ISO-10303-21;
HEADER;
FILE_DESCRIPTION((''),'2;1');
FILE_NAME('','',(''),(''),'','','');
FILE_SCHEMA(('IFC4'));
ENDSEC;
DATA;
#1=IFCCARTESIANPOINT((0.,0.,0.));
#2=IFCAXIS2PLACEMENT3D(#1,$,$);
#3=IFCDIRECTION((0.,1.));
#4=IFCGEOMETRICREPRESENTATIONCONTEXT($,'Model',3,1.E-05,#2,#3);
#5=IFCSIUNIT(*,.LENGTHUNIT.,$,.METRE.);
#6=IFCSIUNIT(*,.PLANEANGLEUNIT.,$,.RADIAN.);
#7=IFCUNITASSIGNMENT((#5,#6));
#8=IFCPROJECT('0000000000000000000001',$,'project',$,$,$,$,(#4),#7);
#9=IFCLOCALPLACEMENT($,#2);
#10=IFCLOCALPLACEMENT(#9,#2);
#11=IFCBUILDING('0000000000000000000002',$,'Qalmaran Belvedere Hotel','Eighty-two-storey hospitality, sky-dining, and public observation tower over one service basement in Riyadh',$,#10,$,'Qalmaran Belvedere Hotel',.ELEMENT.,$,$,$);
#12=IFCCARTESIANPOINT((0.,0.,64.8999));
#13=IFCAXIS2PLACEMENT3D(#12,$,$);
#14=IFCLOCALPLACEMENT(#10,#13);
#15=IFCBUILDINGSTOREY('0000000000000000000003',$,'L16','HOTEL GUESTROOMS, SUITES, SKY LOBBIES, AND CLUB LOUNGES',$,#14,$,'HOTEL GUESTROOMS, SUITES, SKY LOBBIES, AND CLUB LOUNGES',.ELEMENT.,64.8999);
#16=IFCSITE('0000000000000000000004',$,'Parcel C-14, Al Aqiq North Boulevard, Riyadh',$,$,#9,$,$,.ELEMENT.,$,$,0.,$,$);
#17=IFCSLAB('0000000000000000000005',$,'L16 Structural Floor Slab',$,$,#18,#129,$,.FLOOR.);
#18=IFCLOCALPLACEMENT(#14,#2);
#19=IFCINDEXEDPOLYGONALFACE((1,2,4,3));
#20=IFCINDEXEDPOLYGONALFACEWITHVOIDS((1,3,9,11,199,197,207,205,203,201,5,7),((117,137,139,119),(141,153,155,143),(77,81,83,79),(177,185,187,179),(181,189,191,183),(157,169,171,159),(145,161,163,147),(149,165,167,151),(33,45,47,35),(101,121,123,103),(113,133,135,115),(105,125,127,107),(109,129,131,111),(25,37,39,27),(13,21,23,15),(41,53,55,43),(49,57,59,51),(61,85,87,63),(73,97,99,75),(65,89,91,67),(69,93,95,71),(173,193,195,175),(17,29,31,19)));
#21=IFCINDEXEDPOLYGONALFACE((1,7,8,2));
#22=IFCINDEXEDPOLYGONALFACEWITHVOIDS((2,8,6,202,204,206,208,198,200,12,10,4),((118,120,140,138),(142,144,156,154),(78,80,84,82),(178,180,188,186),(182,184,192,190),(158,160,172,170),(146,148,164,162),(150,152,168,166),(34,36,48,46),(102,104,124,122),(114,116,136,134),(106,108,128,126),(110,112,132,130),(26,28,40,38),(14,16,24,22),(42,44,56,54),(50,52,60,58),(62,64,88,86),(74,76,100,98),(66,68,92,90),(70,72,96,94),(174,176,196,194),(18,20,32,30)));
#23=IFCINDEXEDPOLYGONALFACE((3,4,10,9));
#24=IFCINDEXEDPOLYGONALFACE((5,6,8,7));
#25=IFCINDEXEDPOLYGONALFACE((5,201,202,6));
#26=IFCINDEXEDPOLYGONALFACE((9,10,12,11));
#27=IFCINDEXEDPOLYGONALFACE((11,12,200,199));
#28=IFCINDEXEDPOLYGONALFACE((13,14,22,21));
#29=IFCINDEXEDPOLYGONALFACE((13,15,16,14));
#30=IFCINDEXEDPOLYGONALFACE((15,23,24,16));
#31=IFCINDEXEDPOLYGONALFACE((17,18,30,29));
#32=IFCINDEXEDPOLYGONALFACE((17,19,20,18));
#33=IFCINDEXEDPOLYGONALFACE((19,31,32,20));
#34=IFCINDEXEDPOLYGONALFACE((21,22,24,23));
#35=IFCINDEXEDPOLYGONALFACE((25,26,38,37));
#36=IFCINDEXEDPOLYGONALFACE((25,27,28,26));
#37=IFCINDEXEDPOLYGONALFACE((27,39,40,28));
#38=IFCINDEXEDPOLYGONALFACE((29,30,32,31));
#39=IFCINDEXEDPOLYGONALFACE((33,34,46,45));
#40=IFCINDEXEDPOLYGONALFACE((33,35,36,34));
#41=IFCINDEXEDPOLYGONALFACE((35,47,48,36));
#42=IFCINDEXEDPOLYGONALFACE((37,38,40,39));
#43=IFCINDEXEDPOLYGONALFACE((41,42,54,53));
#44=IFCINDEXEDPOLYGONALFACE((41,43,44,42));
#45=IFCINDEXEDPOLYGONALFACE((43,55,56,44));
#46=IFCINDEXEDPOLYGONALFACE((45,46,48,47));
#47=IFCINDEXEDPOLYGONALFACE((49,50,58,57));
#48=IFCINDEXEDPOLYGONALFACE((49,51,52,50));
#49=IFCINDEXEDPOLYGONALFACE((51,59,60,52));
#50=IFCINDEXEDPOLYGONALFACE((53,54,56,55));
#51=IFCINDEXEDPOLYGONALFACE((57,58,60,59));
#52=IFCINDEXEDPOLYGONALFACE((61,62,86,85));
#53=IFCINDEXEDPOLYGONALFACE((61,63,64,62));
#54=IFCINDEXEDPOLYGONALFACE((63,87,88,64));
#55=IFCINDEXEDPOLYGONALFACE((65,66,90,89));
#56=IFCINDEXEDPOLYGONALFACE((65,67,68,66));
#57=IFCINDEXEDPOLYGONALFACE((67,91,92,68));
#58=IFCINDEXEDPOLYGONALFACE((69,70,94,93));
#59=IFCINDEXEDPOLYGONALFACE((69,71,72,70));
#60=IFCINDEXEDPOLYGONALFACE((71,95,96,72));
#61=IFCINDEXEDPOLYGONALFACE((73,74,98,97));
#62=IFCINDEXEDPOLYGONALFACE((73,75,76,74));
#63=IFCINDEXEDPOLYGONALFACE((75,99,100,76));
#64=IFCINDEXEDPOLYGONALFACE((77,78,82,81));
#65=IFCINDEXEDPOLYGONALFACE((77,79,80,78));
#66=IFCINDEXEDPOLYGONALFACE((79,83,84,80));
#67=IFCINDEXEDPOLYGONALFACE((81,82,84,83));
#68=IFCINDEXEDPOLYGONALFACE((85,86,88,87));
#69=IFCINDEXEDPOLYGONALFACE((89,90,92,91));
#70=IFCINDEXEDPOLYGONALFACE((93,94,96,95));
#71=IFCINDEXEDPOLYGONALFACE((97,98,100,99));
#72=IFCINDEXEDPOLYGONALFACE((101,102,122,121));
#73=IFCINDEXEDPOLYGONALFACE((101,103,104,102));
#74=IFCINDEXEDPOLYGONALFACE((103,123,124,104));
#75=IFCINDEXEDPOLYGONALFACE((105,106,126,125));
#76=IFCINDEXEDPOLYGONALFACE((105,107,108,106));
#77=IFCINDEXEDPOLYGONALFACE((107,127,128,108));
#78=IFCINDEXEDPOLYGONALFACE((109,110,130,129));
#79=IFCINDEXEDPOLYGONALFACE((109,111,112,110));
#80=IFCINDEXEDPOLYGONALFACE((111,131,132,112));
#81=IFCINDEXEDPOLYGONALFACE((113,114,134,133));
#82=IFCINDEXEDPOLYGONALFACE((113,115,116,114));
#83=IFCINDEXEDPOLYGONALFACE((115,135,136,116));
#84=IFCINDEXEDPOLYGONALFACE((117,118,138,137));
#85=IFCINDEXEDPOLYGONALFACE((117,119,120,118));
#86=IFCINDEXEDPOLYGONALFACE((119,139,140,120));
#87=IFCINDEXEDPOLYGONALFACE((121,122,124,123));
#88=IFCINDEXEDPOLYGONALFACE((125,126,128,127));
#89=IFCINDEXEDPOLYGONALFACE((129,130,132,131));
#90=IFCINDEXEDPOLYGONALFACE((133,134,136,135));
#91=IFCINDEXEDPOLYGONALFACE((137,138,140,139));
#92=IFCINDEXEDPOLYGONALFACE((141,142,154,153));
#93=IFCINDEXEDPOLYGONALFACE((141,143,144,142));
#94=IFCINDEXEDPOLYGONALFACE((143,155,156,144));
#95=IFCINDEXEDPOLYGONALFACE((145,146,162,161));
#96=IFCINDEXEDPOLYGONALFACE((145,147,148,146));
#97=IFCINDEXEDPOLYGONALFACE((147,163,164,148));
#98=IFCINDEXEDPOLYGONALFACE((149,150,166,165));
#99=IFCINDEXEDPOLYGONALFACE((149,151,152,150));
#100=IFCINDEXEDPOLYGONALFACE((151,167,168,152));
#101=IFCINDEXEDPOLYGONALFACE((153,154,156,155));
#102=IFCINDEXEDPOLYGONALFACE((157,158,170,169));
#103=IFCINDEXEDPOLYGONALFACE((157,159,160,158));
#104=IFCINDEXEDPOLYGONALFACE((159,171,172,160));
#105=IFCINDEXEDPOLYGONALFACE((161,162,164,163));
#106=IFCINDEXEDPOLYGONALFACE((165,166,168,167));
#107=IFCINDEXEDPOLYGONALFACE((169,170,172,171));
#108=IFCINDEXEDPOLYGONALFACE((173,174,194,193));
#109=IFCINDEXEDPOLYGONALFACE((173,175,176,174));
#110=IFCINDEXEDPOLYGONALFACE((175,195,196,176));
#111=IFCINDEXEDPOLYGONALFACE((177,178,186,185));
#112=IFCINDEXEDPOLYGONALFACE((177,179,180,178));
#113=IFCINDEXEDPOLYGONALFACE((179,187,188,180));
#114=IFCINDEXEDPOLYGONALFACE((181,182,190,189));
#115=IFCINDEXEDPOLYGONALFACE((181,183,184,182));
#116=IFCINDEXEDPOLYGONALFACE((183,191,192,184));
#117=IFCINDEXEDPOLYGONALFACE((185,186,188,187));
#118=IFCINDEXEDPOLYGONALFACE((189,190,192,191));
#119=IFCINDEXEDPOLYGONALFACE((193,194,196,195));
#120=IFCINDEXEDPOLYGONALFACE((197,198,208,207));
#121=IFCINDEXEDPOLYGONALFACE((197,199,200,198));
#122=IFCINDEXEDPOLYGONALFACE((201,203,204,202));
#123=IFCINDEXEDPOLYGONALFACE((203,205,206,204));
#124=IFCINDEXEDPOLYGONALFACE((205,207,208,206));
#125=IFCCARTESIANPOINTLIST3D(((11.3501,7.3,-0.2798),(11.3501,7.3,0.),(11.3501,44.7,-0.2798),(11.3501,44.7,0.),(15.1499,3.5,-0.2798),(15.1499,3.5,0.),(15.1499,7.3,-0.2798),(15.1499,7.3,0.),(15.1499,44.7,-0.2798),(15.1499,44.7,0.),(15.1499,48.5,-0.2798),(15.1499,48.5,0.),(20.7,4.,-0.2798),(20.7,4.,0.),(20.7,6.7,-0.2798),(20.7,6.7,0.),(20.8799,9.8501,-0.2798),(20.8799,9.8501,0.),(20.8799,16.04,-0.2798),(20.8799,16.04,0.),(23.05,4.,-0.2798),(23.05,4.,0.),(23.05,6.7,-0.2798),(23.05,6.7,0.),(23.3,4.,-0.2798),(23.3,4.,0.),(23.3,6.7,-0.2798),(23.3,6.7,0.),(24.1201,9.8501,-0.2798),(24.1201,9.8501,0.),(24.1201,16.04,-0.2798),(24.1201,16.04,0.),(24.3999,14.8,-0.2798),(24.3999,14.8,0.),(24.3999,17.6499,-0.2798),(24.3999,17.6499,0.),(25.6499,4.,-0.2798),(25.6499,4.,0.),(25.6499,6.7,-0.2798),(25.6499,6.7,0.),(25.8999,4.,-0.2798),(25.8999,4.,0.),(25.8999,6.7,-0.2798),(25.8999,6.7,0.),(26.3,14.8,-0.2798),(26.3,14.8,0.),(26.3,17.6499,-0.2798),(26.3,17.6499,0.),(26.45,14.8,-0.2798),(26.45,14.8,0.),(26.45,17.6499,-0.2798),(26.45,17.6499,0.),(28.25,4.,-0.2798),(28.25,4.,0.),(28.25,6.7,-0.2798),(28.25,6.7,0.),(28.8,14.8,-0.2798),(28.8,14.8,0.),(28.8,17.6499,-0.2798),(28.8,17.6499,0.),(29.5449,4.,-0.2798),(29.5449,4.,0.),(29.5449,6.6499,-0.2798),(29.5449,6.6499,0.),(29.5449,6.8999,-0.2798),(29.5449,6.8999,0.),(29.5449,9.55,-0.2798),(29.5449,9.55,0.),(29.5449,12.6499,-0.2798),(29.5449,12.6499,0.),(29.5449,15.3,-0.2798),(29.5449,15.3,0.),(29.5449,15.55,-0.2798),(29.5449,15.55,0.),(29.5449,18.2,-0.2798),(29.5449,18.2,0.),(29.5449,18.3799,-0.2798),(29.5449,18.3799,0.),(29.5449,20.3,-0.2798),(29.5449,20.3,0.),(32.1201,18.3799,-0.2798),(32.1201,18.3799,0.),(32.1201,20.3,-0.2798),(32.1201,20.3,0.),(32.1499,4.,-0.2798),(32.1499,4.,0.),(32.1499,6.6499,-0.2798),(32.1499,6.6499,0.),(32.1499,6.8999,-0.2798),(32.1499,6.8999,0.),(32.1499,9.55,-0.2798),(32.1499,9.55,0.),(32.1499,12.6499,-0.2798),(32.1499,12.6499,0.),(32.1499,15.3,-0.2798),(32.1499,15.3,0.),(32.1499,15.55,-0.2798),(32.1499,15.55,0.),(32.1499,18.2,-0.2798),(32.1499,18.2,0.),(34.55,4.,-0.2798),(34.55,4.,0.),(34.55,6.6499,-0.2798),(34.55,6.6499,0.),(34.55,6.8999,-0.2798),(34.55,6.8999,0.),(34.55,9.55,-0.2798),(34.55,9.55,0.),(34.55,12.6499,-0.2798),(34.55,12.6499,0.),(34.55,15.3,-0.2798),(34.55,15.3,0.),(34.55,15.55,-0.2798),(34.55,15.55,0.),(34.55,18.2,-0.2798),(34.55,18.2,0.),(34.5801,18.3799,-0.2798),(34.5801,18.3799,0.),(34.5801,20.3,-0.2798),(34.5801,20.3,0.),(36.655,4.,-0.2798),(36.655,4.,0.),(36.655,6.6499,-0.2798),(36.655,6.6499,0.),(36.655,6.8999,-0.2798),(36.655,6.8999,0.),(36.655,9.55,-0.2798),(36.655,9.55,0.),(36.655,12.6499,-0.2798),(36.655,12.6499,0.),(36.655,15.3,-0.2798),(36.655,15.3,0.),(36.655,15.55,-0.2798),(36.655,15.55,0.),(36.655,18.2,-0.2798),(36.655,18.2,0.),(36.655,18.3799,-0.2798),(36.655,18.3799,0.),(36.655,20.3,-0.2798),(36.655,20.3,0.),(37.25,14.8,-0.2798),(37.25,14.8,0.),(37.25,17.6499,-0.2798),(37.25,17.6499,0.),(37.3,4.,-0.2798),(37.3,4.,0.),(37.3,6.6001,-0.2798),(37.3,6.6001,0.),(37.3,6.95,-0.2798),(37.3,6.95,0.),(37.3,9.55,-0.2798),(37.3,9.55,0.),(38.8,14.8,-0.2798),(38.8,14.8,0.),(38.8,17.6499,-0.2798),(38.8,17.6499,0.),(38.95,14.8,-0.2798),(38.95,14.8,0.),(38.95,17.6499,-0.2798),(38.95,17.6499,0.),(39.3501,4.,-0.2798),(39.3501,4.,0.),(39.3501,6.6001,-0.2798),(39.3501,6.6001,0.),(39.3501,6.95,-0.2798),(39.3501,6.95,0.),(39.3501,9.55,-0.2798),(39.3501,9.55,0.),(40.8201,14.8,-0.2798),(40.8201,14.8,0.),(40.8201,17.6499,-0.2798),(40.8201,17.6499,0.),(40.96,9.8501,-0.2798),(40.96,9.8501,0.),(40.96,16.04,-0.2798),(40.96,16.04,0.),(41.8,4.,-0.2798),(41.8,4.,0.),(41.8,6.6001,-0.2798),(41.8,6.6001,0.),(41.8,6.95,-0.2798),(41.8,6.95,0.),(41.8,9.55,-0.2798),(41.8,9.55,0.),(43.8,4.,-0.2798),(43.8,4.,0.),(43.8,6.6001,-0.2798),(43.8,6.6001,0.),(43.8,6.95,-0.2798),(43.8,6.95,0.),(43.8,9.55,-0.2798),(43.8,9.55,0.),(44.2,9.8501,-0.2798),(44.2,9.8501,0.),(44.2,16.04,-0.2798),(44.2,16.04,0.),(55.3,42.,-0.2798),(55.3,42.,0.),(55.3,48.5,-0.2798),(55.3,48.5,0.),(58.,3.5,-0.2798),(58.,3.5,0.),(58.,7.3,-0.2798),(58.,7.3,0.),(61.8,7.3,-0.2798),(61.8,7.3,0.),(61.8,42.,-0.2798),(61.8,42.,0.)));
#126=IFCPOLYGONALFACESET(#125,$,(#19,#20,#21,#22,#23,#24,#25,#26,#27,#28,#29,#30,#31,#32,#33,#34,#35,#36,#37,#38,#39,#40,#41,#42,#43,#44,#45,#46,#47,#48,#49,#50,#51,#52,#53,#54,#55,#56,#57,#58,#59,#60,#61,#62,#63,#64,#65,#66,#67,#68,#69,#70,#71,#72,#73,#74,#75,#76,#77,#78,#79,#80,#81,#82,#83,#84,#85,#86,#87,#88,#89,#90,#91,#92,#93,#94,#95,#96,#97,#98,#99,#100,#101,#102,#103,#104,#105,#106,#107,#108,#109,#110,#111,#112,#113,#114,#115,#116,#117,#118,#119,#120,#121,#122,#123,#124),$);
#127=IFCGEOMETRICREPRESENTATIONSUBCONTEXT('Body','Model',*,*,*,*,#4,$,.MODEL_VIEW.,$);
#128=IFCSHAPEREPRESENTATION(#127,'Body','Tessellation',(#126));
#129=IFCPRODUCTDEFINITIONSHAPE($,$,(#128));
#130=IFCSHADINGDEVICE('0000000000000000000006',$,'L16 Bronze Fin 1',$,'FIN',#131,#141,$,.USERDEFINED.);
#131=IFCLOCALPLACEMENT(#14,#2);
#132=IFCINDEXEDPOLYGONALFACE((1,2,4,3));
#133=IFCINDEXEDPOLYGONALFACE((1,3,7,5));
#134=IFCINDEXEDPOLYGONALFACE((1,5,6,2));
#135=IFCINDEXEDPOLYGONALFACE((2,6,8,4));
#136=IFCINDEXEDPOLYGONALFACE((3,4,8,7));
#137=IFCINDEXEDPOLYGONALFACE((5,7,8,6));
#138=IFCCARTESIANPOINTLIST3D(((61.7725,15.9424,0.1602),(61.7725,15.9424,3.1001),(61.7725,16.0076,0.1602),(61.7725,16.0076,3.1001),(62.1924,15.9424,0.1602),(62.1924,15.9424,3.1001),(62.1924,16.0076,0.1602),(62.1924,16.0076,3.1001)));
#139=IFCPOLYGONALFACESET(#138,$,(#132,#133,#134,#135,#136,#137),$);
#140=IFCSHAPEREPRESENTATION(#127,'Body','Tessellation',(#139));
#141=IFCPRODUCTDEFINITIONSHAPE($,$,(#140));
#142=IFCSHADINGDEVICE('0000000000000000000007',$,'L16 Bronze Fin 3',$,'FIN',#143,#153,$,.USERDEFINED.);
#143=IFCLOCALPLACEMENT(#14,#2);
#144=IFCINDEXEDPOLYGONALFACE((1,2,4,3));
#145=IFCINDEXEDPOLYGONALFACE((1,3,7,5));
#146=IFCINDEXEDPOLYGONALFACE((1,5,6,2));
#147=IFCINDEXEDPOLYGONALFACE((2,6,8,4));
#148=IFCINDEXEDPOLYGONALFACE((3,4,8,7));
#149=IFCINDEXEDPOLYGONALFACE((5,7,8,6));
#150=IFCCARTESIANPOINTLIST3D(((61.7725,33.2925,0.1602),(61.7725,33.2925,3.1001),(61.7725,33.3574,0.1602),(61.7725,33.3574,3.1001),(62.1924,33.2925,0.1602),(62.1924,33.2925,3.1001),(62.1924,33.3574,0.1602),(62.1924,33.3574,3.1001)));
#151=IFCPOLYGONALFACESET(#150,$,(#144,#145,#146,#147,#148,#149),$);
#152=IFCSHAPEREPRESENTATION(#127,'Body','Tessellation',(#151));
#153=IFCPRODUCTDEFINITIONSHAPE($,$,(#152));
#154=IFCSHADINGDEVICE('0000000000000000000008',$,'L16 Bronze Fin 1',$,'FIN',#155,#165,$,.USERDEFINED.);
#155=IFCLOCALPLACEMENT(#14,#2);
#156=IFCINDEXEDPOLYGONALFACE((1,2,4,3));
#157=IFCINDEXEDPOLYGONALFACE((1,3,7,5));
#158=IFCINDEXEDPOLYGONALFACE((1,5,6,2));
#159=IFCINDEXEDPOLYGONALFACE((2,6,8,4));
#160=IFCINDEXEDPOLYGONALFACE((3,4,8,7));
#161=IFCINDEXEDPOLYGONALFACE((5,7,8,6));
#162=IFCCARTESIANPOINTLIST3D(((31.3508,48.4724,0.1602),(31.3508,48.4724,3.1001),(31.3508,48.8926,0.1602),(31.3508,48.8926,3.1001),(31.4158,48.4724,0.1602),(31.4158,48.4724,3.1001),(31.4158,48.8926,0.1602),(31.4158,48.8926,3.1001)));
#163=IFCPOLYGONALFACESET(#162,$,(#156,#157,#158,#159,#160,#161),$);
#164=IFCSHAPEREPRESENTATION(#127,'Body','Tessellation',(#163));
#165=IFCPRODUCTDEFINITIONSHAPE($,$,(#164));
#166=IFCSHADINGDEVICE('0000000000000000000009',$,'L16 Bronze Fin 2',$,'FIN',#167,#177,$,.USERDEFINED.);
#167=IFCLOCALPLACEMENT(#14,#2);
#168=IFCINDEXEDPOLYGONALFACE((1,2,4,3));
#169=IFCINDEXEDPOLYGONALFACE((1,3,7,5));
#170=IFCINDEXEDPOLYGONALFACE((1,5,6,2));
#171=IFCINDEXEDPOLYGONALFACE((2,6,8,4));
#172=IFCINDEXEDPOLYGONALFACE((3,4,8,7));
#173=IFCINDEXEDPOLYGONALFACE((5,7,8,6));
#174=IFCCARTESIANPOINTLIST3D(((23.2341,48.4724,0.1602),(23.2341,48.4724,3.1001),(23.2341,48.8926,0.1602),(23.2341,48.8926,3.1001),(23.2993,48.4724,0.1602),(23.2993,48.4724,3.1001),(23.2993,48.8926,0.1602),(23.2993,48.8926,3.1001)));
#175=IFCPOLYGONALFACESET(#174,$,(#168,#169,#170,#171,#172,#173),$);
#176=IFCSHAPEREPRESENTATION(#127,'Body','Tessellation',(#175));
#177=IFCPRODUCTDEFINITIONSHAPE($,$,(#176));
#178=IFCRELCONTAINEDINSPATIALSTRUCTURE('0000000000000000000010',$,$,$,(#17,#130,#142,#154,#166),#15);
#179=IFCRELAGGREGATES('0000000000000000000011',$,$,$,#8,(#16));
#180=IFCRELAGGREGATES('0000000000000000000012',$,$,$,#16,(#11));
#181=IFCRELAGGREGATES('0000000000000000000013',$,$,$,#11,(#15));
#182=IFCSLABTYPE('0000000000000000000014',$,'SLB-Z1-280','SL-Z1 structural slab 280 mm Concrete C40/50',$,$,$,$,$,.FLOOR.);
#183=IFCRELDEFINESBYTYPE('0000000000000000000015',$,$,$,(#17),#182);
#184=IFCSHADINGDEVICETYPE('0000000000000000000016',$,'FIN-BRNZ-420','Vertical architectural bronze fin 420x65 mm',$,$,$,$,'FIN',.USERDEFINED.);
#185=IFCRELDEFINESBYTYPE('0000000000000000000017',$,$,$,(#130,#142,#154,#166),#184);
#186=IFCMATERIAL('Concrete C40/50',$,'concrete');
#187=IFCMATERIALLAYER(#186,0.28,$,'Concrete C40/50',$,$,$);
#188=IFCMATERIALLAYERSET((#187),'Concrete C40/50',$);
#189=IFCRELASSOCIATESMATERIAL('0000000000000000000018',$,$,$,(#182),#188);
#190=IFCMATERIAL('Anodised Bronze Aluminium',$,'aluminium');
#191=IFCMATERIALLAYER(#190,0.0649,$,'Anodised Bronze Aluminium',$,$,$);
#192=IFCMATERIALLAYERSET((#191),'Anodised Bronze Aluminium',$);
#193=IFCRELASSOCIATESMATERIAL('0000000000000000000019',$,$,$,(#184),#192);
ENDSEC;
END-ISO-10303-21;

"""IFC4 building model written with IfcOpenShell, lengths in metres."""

from ifc_helpers import new_model, si_unit, direction, frame, origin, place, context, subcontext, project, spatial, polyline, outline, extrude, material, layer, layer_set, type_object, element, save


model = new_model("IFC4")

# Units and contexts
model_context = context("Model", 3, precision=1e-05, world=origin(), true_north=direction((0.0, 1.0)))
body_context = subcontext(model_context, "Body", "Model", "MODEL_VIEW")
ifc_project = project(units=[si_unit("LENGTHUNIT", "METRE"), si_unit("PLANEANGLEUNIT", "RADIAN")], contexts=[model_context])

# Site, building, storey
site_placement = place(None, origin())
site = spatial("IfcSite", under=ifc_project, at=site_placement, Name="Parcel C-14, Al Aqiq North Boulevard, Riyadh", CompositionType="ELEMENT", RefElevation=0.0)
building_placement = place(site_placement, origin())
building = spatial("IfcBuilding", under=site, at=building_placement, Name="Qalmaran Belvedere Hotel", Description="Eighty-two-storey hospitality, sky-dining, and public observation tower over one service basement in Riyadh", LongName="Qalmaran Belvedere Hotel", CompositionType="ELEMENT")
storey_placement = place(building_placement, frame((0.0, 0.0, 64.8999)))
storey = spatial("IfcBuildingStorey", under=building, at=storey_placement, Name="L16", Description="HOTEL GUESTROOMS, SUITES, SKY LOBBIES, AND CLUB LOUNGES", LongName="HOTEL GUESTROOMS, SUITES, SKY LOBBIES, AND CLUB LOUNGES", CompositionType="ELEMENT", Elevation=64.8999)

# Shared definitions
ifc_material_1 = material(Name="Anodised Bronze Aluminium", Category="aluminium")

# Shared definitions
ifc_material_2 = material(Name="Concrete C40/50", Category="concrete")

# Slab
ifc_layer_1 = layer(ifc_material_2, 0.28, Name="Concrete C40/50")
ifc_layer_set_1 = layer_set([ifc_layer_1], Name="Concrete C40/50")
slab_type_1 = type_object("IfcSlabType", Name="SLB-Z1-280", Description="SL-Z1 structural slab 280 mm Concrete C40/50", PredefinedType="FLOOR", material=ifc_layer_set_1)
slab_1_placement = place(storey_placement, frame((0.0, 0.0, -0.2798)))
element("IfcSlab", 1, at=slab_1_placement, inside=storey, type_object=slab_type_1, Name="L16 Structural Floor Slab", PredefinedType="FLOOR", context=body_context, shape_type="SweptSolid", body=[
    extrude(outline(polyline([(15.1499, 3.5), (58.0, 3.5), (58.0, 7.3), (61.8, 7.3), (61.8, 42.0), (55.3, 42.0), (55.3, 48.5), (15.1499, 48.5), (15.1499, 44.7), (11.3501, 44.7), (11.3501, 7.3), (15.1499, 7.3), (15.1499, 3.5)]), holes=[polyline([(20.8799, 9.8501), (24.1201, 9.8501), (24.1201, 16.04), (20.8799, 16.04), (20.8799, 9.8501)]), polyline([(40.96, 9.8501), (44.2, 9.8501), (44.2, 16.04), (40.96, 16.04), (40.96, 9.8501)]), polyline([(29.5449, 4.0), (32.1499, 4.0), (32.1499, 6.6499), (29.5449, 6.6499), (29.5449, 4.0)]), polyline([(29.5449, 6.8999), (32.1499, 6.8999), (32.1499, 9.55), (29.5449, 9.55), (29.5449, 6.8999)]), polyline([(34.55, 4.0), (36.655, 4.0), (36.655, 6.6499), (34.55, 6.6499), (34.55, 4.0)]), polyline([(34.55, 6.8999), (36.655, 6.8999), (36.655, 9.55), (34.55, 9.55), (34.55, 6.8999)]), polyline([(29.5449, 12.6499), (32.1499, 12.6499), (32.1499, 15.3), (29.5449, 15.3), (29.5449, 12.6499)]), polyline([(29.5449, 15.55), (32.1499, 15.55), (32.1499, 18.2), (29.5449, 18.2), (29.5449, 15.55)]), polyline([(34.55, 12.6499), (36.655, 12.6499), (36.655, 15.3), (34.55, 15.3), (34.55, 12.6499)]), polyline([(34.55, 15.55), (36.655, 15.55), (36.655, 18.2), (34.55, 18.2), (34.55, 15.55)]), polyline([(37.3, 4.0), (39.3501, 4.0), (39.3501, 6.6001), (37.3, 6.6001), (37.3, 4.0)]), polyline([(37.3, 6.95), (39.3501, 6.95), (39.3501, 9.55), (37.3, 9.55), (37.3, 6.95)]), polyline([(41.8, 4.0), (43.8, 4.0), (43.8, 6.6001), (41.8, 6.6001), (41.8, 4.0)]), polyline([(41.8, 6.95), (43.8, 6.95), (43.8, 9.55), (41.8, 9.55), (41.8, 6.95)]), polyline([(20.7, 4.0), (23.05, 4.0), (23.05, 6.7), (20.7, 6.7), (20.7, 4.0)]), polyline([(23.3, 4.0), (25.6499, 4.0), (25.6499, 6.7), (23.3, 6.7), (23.3, 4.0)]), polyline([(25.8999, 4.0), (28.25, 4.0), (28.25, 6.7), (25.8999, 6.7), (25.8999, 4.0)]), polyline([(24.3999, 14.8), (26.3, 14.8), (26.3, 17.6499), (24.3999, 17.6499), (24.3999, 14.8)]), polyline([(38.95, 14.8), (40.8201, 14.8), (40.8201, 17.6499), (38.95, 17.6499), (38.95, 14.8)]), polyline([(26.45, 14.8), (28.8, 14.8), (28.8, 17.6499), (26.45, 17.6499), (26.45, 14.8)]), polyline([(37.25, 14.8), (38.8, 14.8), (38.8, 17.6499), (37.25, 17.6499), (37.25, 14.8)]), polyline([(29.5449, 18.3799), (32.1201, 18.3799), (32.1201, 20.3), (29.5449, 20.3), (29.5449, 18.3799)]), polyline([(34.5801, 18.3799), (36.655, 18.3799), (36.655, 20.3), (34.5801, 20.3), (34.5801, 18.3799)])]), origin(), (0.0, 0.0, 1.0), 0.2798),
])

# Shading devices
ifc_layer_2 = layer(ifc_material_1, 0.0649, Name="Anodised Bronze Aluminium")
ifc_layer_set_2 = layer_set([ifc_layer_2], Name="Anodised Bronze Aluminium")
shading_device_type = type_object("IfcShadingDeviceType", Name="FIN-BRNZ-420", Description="Vertical architectural bronze fin 420x65 mm", ElementType="FIN", PredefinedType="USERDEFINED", material=ifc_layer_set_2)
shading_device_1_placement = place(storey_placement, frame((0.0, 0.0, 0.1602)))
element("IfcShadingDevice", 2, at=shading_device_1_placement, inside=storey, type_object=shading_device_type, Name="L16 Bronze Fin 1", ObjectType="FIN", PredefinedType="USERDEFINED", context=body_context, shape_type="SweptSolid", body=[
    extrude(outline(polyline([(61.7725, 15.9424), (62.1924, 15.9424), (62.1924, 16.0076), (61.7725, 16.0076), (61.7725, 15.9424)])), origin(), (0.0, 0.0, 1.0), 2.9399),
])
shading_device_2_placement = place(storey_placement, frame((0.0, 0.0, 0.1602)))
element("IfcShadingDevice", 3, at=shading_device_2_placement, inside=storey, type_object=shading_device_type, Name="L16 Bronze Fin 3", ObjectType="FIN", PredefinedType="USERDEFINED", context=body_context, shape_type="SweptSolid", body=[
    extrude(outline(polyline([(61.7725, 33.2925), (62.1924, 33.2925), (62.1924, 33.3574), (61.7725, 33.3574), (61.7725, 33.2925)])), origin(), (0.0, 0.0, 1.0), 2.9399),
])
shading_device_3_placement = place(storey_placement, frame((0.0, 0.0, 0.1602)))
element("IfcShadingDevice", 4, at=shading_device_3_placement, inside=storey, type_object=shading_device_type, Name="L16 Bronze Fin 1", ObjectType="FIN", PredefinedType="USERDEFINED", context=body_context, shape_type="SweptSolid", body=[
    extrude(outline(polyline([(31.4158, 48.4724), (31.4158, 48.8926), (31.3508, 48.8926), (31.3508, 48.4724), (31.4158, 48.4724)])), origin(), (0.0, 0.0, 1.0), 2.9399),
])
shading_device_4_placement = place(storey_placement, frame((0.0, 0.0, 0.1602)))
element("IfcShadingDevice", 5, at=shading_device_4_placement, inside=storey, type_object=shading_device_type, Name="L16 Bronze Fin 2", ObjectType="FIN", PredefinedType="USERDEFINED", context=body_context, shape_type="SweptSolid", body=[
    extrude(outline(polyline([(23.2993, 48.4724), (23.2993, 48.8926), (23.2341, 48.8926), (23.2341, 48.4724), (23.2993, 48.4724)])), origin(), (0.0, 0.0, 1.0), 2.9399),
])

save(model, "model.ifc")
